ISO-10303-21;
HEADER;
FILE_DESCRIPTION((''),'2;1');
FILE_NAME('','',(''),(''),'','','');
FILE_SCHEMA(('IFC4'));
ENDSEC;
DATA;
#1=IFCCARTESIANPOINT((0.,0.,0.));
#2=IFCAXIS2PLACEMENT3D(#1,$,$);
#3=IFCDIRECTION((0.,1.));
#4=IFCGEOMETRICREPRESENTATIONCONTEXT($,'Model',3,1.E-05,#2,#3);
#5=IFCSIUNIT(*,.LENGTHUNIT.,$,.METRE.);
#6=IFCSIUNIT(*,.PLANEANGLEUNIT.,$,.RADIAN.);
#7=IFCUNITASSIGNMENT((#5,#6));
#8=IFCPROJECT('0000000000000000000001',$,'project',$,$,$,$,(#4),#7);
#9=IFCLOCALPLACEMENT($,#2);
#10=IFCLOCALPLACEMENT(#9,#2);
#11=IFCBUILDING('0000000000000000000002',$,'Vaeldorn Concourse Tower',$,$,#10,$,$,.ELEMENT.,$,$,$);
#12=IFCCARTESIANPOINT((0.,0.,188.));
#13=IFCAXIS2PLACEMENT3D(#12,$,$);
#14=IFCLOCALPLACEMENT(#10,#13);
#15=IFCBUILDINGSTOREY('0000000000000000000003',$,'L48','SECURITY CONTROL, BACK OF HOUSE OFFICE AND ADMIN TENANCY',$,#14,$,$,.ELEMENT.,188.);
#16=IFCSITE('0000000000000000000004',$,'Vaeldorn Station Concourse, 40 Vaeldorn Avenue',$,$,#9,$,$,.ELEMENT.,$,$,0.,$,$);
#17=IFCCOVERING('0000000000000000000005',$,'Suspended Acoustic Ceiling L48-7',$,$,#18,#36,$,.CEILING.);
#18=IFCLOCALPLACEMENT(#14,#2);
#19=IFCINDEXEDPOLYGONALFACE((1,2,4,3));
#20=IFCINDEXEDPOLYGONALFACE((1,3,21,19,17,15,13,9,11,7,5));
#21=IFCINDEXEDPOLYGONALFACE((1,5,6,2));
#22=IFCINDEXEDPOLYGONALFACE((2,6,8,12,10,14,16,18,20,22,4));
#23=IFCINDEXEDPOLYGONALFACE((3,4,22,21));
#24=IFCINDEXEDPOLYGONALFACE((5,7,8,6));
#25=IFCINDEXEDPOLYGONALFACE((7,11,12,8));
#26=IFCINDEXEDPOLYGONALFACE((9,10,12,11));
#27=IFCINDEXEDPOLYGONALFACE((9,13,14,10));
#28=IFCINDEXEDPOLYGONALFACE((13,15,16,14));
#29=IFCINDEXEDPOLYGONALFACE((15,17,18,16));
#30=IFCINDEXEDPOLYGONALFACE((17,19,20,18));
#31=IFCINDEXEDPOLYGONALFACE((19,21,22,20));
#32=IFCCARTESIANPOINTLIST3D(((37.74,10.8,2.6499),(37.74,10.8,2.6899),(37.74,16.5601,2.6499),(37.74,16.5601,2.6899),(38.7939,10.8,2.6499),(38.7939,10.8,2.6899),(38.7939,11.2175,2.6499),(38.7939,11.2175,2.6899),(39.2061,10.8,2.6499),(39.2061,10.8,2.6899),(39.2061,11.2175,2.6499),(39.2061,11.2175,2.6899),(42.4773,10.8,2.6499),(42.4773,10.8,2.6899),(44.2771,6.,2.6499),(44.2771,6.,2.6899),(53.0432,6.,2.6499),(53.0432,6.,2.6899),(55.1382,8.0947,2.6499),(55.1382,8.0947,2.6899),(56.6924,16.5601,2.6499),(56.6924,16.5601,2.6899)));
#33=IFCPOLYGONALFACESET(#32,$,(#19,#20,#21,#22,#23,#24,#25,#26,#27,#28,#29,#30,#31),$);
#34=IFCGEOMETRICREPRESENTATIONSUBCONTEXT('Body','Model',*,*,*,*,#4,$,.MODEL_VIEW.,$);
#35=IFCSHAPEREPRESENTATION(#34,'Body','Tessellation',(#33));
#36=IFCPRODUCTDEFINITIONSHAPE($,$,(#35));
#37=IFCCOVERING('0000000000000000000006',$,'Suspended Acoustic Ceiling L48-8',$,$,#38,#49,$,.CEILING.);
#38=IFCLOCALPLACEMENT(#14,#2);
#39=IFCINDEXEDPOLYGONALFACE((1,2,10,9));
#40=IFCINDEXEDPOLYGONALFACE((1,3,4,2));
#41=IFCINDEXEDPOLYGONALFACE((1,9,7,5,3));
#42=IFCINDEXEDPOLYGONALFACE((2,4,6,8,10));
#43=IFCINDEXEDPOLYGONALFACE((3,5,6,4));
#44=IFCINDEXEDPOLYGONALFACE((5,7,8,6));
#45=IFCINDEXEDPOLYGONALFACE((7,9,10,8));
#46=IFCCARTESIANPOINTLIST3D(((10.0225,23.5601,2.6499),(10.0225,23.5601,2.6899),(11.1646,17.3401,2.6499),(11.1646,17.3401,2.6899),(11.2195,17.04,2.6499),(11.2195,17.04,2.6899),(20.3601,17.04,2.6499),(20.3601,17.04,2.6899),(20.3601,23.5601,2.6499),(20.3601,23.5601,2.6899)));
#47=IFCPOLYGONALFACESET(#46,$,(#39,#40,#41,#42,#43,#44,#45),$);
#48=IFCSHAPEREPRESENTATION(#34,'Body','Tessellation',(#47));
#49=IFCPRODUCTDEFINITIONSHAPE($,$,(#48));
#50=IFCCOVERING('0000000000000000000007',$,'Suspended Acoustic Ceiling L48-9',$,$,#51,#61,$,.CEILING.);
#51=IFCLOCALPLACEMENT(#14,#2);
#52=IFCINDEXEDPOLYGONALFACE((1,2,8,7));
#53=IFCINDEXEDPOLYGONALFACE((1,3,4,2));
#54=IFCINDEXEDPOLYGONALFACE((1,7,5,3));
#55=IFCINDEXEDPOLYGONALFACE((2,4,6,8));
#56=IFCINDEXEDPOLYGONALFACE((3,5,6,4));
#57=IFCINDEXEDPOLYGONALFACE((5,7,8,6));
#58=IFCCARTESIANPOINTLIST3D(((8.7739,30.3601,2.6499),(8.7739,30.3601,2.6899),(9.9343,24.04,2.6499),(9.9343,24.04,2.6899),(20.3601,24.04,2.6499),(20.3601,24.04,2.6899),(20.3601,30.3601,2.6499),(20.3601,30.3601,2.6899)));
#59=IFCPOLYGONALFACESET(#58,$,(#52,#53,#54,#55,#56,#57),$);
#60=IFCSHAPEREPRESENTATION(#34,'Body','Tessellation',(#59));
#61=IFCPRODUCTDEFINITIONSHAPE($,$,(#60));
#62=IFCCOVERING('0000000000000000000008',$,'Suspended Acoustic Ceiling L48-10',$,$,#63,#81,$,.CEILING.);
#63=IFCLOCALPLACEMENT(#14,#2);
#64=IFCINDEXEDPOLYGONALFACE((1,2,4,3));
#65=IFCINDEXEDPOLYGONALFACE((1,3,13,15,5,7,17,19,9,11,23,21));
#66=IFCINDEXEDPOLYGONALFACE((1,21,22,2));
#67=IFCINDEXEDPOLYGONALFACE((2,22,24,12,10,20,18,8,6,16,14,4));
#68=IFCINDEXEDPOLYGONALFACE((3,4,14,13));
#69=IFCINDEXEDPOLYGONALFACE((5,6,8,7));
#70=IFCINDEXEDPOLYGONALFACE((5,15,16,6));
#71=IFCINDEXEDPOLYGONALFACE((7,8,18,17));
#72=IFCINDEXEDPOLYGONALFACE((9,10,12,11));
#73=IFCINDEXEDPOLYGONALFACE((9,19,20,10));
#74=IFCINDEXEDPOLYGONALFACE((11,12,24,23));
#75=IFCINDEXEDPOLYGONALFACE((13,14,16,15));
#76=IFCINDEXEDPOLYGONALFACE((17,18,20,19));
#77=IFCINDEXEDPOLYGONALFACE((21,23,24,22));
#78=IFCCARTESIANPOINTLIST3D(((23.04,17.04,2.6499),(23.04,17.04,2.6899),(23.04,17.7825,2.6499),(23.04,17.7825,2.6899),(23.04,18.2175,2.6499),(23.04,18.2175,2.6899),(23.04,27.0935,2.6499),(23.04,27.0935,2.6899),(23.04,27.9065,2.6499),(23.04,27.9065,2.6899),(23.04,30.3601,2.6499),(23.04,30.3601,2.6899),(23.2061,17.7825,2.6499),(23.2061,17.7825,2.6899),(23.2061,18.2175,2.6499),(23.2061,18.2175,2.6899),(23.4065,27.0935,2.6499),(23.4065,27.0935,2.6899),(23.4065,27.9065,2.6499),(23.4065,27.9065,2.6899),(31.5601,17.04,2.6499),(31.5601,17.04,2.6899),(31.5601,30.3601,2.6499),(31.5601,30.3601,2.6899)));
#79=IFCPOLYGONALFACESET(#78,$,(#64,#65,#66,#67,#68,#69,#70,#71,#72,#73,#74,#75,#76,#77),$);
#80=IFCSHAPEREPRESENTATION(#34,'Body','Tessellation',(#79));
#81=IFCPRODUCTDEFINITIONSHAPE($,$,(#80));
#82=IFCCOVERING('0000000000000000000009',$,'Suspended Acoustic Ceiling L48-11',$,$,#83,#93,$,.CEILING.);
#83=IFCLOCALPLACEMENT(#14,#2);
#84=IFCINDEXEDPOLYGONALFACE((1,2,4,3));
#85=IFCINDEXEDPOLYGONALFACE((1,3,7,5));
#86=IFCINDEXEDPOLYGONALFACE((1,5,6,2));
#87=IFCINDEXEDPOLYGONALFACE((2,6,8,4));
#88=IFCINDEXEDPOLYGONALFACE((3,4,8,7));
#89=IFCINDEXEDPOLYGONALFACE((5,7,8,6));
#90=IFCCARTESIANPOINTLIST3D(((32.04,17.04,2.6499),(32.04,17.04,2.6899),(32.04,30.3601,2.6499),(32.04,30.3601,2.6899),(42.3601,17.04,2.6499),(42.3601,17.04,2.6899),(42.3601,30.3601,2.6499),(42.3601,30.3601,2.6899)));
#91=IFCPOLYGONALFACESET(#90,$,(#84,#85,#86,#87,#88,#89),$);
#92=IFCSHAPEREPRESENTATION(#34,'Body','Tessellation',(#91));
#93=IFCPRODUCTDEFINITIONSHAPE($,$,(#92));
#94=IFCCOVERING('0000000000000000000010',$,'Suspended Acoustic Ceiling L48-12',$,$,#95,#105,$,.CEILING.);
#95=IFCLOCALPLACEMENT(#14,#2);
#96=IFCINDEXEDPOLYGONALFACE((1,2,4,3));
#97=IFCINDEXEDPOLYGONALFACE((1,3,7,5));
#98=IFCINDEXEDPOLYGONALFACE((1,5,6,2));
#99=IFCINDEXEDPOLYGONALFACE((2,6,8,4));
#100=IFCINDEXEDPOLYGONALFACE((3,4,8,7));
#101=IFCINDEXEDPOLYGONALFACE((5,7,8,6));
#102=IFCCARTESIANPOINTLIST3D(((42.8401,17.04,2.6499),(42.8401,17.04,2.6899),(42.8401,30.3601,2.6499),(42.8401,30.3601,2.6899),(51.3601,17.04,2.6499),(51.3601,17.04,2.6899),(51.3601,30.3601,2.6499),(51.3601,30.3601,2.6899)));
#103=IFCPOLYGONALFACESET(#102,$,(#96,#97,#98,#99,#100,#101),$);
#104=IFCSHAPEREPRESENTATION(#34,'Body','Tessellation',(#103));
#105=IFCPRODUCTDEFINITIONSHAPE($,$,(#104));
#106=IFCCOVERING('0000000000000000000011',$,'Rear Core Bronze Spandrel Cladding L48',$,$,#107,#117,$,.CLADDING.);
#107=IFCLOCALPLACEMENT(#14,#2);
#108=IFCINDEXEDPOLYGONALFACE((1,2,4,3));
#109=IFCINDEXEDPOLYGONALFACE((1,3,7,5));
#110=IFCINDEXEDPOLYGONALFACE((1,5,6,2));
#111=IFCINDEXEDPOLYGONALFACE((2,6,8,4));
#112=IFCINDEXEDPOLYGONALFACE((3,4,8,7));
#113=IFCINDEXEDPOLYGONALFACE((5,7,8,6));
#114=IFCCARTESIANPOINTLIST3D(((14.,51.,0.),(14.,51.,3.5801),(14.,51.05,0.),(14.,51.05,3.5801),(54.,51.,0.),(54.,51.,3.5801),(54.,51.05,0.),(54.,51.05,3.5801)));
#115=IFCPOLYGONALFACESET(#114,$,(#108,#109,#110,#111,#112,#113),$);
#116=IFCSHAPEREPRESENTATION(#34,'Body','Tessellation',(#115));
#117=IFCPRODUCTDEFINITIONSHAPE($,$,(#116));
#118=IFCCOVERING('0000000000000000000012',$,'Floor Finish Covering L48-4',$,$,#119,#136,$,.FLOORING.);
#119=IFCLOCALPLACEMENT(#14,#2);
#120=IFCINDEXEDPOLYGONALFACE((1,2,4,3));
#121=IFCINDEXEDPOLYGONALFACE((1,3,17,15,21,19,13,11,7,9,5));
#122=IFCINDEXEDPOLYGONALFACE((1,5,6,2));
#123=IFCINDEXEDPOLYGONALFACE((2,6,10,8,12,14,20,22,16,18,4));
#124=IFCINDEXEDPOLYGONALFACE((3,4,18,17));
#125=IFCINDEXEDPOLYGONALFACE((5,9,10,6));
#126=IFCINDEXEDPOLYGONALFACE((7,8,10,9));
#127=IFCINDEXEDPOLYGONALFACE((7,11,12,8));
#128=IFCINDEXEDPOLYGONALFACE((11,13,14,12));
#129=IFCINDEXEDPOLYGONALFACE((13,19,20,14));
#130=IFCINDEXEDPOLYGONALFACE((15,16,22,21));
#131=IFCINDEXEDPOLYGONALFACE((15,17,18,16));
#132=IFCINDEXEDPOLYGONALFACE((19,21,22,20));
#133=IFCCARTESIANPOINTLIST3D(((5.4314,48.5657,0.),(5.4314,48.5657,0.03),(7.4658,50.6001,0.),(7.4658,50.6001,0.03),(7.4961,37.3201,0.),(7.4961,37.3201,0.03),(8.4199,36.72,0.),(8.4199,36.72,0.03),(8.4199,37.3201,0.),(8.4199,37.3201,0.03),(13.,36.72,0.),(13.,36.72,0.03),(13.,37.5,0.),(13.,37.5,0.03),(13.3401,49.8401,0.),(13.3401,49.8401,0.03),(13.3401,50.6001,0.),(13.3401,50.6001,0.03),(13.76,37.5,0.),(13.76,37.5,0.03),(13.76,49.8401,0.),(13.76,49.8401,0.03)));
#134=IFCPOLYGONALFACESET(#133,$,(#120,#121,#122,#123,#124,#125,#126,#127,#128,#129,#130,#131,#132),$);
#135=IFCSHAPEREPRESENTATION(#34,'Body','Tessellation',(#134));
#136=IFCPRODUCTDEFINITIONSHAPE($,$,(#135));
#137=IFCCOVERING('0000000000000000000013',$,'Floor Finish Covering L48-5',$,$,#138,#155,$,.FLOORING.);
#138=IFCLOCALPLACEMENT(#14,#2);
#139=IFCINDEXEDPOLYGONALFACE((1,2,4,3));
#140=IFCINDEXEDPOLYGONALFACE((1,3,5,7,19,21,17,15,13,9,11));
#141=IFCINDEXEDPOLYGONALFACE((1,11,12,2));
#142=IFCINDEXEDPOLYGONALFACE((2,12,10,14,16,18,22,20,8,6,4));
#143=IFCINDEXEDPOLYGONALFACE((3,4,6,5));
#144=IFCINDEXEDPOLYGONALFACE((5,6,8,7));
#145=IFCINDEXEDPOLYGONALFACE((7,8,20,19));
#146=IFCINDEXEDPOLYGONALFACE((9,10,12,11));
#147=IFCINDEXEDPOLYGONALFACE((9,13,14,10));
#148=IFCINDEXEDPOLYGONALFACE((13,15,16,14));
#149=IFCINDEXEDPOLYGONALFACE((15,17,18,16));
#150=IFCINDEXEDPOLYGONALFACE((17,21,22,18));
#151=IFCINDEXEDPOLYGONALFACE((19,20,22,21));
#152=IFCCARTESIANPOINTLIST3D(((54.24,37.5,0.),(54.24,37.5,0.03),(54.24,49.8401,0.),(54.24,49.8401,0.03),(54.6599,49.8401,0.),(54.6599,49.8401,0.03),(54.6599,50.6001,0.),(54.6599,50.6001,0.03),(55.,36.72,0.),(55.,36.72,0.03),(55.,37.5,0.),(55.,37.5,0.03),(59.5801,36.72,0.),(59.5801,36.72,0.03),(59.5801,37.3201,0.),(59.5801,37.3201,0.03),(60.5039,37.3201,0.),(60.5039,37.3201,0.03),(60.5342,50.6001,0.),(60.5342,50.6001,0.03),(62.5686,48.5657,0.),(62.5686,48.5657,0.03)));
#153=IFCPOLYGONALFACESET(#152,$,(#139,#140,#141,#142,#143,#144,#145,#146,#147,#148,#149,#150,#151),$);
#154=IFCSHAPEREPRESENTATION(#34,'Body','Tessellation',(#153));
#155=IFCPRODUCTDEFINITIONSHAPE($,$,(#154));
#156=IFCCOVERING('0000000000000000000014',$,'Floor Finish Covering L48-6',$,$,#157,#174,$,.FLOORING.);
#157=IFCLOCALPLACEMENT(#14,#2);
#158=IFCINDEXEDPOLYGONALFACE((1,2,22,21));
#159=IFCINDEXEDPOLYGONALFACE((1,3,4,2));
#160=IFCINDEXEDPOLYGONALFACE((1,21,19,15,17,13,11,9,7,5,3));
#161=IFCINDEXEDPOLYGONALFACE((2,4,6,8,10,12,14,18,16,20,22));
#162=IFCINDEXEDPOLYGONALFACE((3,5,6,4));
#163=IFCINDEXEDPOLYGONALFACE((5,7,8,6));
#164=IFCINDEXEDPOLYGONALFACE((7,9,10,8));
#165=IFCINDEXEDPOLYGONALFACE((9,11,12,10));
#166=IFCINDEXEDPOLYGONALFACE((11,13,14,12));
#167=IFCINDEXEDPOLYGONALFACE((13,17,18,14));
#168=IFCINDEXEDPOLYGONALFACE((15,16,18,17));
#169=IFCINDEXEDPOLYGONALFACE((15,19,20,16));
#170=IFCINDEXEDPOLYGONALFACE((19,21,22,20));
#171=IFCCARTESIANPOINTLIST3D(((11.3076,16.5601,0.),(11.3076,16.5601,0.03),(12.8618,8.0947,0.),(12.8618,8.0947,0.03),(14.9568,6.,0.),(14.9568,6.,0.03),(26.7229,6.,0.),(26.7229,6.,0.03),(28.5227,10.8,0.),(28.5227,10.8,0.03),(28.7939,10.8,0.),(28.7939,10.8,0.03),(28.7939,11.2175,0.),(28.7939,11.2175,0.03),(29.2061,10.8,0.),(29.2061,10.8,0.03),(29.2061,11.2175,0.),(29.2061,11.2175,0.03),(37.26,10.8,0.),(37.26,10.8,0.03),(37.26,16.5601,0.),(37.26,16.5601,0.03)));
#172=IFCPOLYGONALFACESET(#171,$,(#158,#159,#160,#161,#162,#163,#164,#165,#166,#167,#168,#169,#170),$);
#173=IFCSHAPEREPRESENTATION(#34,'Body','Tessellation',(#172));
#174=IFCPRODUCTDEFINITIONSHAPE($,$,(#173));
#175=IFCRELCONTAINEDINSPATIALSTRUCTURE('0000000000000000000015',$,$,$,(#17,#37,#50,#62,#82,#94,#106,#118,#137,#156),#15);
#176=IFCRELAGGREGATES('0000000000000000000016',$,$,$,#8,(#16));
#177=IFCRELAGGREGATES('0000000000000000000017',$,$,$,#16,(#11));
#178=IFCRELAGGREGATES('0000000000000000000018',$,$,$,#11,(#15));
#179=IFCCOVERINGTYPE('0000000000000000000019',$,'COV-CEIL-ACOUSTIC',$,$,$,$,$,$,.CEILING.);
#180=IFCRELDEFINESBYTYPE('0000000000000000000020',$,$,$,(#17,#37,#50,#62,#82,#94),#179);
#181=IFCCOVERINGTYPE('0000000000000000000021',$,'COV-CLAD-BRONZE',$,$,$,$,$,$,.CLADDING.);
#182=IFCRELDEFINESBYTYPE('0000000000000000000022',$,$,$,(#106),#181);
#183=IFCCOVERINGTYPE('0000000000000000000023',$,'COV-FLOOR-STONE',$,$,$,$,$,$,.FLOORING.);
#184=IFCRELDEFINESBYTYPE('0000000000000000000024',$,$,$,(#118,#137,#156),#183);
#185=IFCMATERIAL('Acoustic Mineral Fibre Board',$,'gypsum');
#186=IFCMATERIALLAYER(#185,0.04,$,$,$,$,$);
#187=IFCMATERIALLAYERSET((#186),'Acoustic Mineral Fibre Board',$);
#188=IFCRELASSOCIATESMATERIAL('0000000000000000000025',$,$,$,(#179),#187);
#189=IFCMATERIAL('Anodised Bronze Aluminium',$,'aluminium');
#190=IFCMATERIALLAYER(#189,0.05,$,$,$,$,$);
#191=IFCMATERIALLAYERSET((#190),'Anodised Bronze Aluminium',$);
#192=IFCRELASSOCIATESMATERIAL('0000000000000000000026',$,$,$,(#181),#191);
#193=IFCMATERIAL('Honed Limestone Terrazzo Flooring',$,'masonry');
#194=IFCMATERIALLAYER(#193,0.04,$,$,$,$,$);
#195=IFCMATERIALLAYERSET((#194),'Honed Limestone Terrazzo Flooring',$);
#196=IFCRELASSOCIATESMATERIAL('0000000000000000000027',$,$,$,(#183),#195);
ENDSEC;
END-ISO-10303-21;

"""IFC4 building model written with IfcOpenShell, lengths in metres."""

from ifc_helpers import new_model, si_unit, direction, frame, origin, place, context, subcontext, project, spatial, polyline, outline, extrude, material, layer, layer_set, type_object, element, save


model = new_model("IFC4")

# Units and contexts
model_context = context("Model", 3, precision=1e-05, world=origin(), true_north=direction((0.0, 1.0)))
body_context = subcontext(model_context, "Body", "Model", "MODEL_VIEW")
ifc_project = project(units=[si_unit("LENGTHUNIT", "METRE"), si_unit("PLANEANGLEUNIT", "RADIAN")], contexts=[model_context])

# Site, building, storey
site_placement = place(None, origin())
site = spatial("IfcSite", under=ifc_project, at=site_placement, Name="Vaeldorn Station Concourse, 40 Vaeldorn Avenue", CompositionType="ELEMENT", RefElevation=0.0)
building_placement = place(site_placement, origin())
building = spatial("IfcBuilding", under=site, at=building_placement, Name="Vaeldorn Concourse Tower", CompositionType="ELEMENT")
storey_placement = place(building_placement, frame((0.0, 0.0, 188.0)))
storey = spatial("IfcBuildingStorey", under=building, at=storey_placement, Name="L48", Description="SECURITY CONTROL, BACK OF HOUSE OFFICE AND ADMIN TENANCY", CompositionType="ELEMENT", Elevation=188.0)

# Shared definitions
ifc_material_1 = material(Name="Anodised Bronze Aluminium", Category="aluminium")

# Coverings
ifc_material_2 = material(Name="Acoustic Mineral Fibre Board", Category="gypsum")
ifc_layer_1 = layer(ifc_material_2, 0.04)
ifc_layer_set_1 = layer_set([ifc_layer_1], Name="Acoustic Mineral Fibre Board")
covering_type_1 = type_object("IfcCoveringType", Name="COV-CEIL-ACOUSTIC", PredefinedType="CEILING", material=ifc_layer_set_1)
covering_1_placement = place(storey_placement, frame((0.0, 0.0, 2.6499)))
element("IfcCovering", 1, at=covering_1_placement, inside=storey, type_object=covering_type_1, Name="Suspended Acoustic Ceiling L48-7", PredefinedType="CEILING", context=body_context, shape_type="SweptSolid", body=[
    extrude(outline(polyline([(37.74, 16.5601), (56.6924, 16.5601), (55.1382, 8.0947), (53.0432, 6.0), (44.2771, 6.0), (42.4773, 10.8), (39.2061, 10.8), (39.2061, 11.2175), (38.7939, 11.2175), (38.7939, 10.8), (37.74, 10.8), (37.74, 16.5601)])), origin(), (0.0, 0.0, 1.0), 0.04),
])
covering_2_placement = place(storey_placement, frame((0.0, 0.0, 2.6499)))
element("IfcCovering", 2, at=covering_2_placement, inside=storey, type_object=covering_type_1, Name="Suspended Acoustic Ceiling L48-8", PredefinedType="CEILING", context=body_context, shape_type="SweptSolid", body=[
    extrude(outline(polyline([(20.3601, 23.5601), (20.3601, 17.04), (11.2195, 17.04), (11.1646, 17.3401), (11.1646, 17.3401), (10.0225, 23.5601), (20.3601, 23.5601)])), origin(), (0.0, 0.0, 1.0), 0.04),
])
covering_3_placement = place(storey_placement, frame((0.0, 0.0, 2.6499)))
element("IfcCovering", 3, at=covering_3_placement, inside=storey, type_object=covering_type_1, Name="Suspended Acoustic Ceiling L48-9", PredefinedType="CEILING", context=body_context, shape_type="SweptSolid", body=[
    extrude(outline(polyline([(20.3601, 30.3601), (20.3601, 24.04), (9.9343, 24.04), (8.7739, 30.3601), (20.3601, 30.3601)])), origin(), (0.0, 0.0, 1.0), 0.04),
])
covering_4_placement = place(storey_placement, frame((0.0, 0.0, 2.6499)))
element("IfcCovering", 4, at=covering_4_placement, inside=storey, type_object=covering_type_1, Name="Suspended Acoustic Ceiling L48-10", PredefinedType="CEILING", context=body_context, shape_type="SweptSolid", body=[
    extrude(outline(polyline([(23.04, 17.7825), (23.2061, 17.7825), (23.2061, 18.2175), (23.04, 18.2175), (23.04, 27.0935), (23.4065, 27.0935), (23.4065, 27.9065), (23.04, 27.9065), (23.04, 30.3601), (31.5601, 30.3601), (31.5601, 17.04), (23.04, 17.04), (23.04, 17.7825)])), origin(), (0.0, 0.0, 1.0), 0.04),
])
covering_5_placement = place(storey_placement, frame((0.0, 0.0, 2.6499)))
element("IfcCovering", 5, at=covering_5_placement, inside=storey, type_object=covering_type_1, Name="Suspended Acoustic Ceiling L48-11", PredefinedType="CEILING", context=body_context, shape_type="SweptSolid", body=[
    extrude(outline(polyline([(32.04, 30.3601), (42.3601, 30.3601), (42.3601, 17.04), (32.04, 17.04), (32.04, 30.3601)])), origin(), (0.0, 0.0, 1.0), 0.04),
])
covering_6_placement = place(storey_placement, frame((0.0, 0.0, 2.6499)))
element("IfcCovering", 6, at=covering_6_placement, inside=storey, type_object=covering_type_1, Name="Suspended Acoustic Ceiling L48-12", PredefinedType="CEILING", context=body_context, shape_type="SweptSolid", body=[
    extrude(outline(polyline([(42.8401, 30.3601), (51.3601, 30.3601), (51.3601, 17.04), (42.8401, 17.04), (42.8401, 30.3601)])), origin(), (0.0, 0.0, 1.0), 0.04),
])
ifc_layer_2 = layer(ifc_material_1, 0.05)
ifc_layer_set_2 = layer_set([ifc_layer_2], Name="Anodised Bronze Aluminium")
covering_type_2 = type_object("IfcCoveringType", Name="COV-CLAD-BRONZE", PredefinedType="CLADDING", material=ifc_layer_set_2)
covering_7_placement = place(storey_placement, origin())
element("IfcCovering", 7, at=covering_7_placement, inside=storey, type_object=covering_type_2, Name="Rear Core Bronze Spandrel Cladding L48", PredefinedType="CLADDING", context=body_context, shape_type="SweptSolid", body=[
    extrude(outline(polyline([(14.0, 51.0), (54.0, 51.0), (54.0, 51.05), (14.0, 51.05), (14.0, 51.0)])), origin(), (0.0, 0.0, 1.0), 3.5801),
])
ifc_material_3 = material(Name="Honed Limestone Terrazzo Flooring", Category="masonry")
ifc_layer_3 = layer(ifc_material_3, 0.04)
ifc_layer_set_3 = layer_set([ifc_layer_3], Name="Honed Limestone Terrazzo Flooring")
covering_type_3 = type_object("IfcCoveringType", Name="COV-FLOOR-STONE", PredefinedType="FLOORING", material=ifc_layer_set_3)
covering_8_placement = place(storey_placement, origin())
element("IfcCovering", 8, at=covering_8_placement, inside=storey, type_object=covering_type_3, Name="Floor Finish Covering L48-4", PredefinedType="FLOORING", context=body_context, shape_type="SweptSolid", body=[
    extrude(outline(polyline([(7.4658, 50.6001), (13.3401, 50.6001), (13.3401, 49.8401), (13.76, 49.8401), (13.76, 37.5), (13.0, 37.5), (13.0, 36.72), (8.4199, 36.72), (8.4199, 37.3201), (7.4961, 37.3201), (5.4314, 48.5657), (7.4658, 50.6001)])), origin(), (0.0, 0.0, 1.0), 0.03),
])
covering_9_placement = place(storey_placement, origin())
element("IfcCovering", 9, at=covering_9_placement, inside=storey, type_object=covering_type_3, Name="Floor Finish Covering L48-5", PredefinedType="FLOORING", context=body_context, shape_type="SweptSolid", body=[
    extrude(outline(polyline([(54.6599, 49.8401), (54.6599, 50.6001), (60.5342, 50.6001), (62.5686, 48.5657), (60.5039, 37.3201), (59.5801, 37.3201), (59.5801, 36.72), (55.0, 36.72), (55.0, 37.5), (54.24, 37.5), (54.24, 49.8401), (54.6599, 49.8401)])), origin(), (0.0, 0.0, 1.0), 0.03),
])
covering_10_placement = place(storey_placement, origin())
element("IfcCovering", 10, at=covering_10_placement, inside=storey, type_object=covering_type_3, Name="Floor Finish Covering L48-6", PredefinedType="FLOORING", context=body_context, shape_type="SweptSolid", body=[
    extrude(outline(polyline([(37.26, 16.5601), (37.26, 10.8), (29.2061, 10.8), (29.2061, 11.2175), (28.7939, 11.2175), (28.7939, 10.8), (28.5227, 10.8), (26.7229, 6.0), (14.9568, 6.0), (12.8618, 8.0947), (11.3076, 16.5601), (37.26, 16.5601)])), origin(), (0.0, 0.0, 1.0), 0.03),
])

save(model, "model.ifc")
